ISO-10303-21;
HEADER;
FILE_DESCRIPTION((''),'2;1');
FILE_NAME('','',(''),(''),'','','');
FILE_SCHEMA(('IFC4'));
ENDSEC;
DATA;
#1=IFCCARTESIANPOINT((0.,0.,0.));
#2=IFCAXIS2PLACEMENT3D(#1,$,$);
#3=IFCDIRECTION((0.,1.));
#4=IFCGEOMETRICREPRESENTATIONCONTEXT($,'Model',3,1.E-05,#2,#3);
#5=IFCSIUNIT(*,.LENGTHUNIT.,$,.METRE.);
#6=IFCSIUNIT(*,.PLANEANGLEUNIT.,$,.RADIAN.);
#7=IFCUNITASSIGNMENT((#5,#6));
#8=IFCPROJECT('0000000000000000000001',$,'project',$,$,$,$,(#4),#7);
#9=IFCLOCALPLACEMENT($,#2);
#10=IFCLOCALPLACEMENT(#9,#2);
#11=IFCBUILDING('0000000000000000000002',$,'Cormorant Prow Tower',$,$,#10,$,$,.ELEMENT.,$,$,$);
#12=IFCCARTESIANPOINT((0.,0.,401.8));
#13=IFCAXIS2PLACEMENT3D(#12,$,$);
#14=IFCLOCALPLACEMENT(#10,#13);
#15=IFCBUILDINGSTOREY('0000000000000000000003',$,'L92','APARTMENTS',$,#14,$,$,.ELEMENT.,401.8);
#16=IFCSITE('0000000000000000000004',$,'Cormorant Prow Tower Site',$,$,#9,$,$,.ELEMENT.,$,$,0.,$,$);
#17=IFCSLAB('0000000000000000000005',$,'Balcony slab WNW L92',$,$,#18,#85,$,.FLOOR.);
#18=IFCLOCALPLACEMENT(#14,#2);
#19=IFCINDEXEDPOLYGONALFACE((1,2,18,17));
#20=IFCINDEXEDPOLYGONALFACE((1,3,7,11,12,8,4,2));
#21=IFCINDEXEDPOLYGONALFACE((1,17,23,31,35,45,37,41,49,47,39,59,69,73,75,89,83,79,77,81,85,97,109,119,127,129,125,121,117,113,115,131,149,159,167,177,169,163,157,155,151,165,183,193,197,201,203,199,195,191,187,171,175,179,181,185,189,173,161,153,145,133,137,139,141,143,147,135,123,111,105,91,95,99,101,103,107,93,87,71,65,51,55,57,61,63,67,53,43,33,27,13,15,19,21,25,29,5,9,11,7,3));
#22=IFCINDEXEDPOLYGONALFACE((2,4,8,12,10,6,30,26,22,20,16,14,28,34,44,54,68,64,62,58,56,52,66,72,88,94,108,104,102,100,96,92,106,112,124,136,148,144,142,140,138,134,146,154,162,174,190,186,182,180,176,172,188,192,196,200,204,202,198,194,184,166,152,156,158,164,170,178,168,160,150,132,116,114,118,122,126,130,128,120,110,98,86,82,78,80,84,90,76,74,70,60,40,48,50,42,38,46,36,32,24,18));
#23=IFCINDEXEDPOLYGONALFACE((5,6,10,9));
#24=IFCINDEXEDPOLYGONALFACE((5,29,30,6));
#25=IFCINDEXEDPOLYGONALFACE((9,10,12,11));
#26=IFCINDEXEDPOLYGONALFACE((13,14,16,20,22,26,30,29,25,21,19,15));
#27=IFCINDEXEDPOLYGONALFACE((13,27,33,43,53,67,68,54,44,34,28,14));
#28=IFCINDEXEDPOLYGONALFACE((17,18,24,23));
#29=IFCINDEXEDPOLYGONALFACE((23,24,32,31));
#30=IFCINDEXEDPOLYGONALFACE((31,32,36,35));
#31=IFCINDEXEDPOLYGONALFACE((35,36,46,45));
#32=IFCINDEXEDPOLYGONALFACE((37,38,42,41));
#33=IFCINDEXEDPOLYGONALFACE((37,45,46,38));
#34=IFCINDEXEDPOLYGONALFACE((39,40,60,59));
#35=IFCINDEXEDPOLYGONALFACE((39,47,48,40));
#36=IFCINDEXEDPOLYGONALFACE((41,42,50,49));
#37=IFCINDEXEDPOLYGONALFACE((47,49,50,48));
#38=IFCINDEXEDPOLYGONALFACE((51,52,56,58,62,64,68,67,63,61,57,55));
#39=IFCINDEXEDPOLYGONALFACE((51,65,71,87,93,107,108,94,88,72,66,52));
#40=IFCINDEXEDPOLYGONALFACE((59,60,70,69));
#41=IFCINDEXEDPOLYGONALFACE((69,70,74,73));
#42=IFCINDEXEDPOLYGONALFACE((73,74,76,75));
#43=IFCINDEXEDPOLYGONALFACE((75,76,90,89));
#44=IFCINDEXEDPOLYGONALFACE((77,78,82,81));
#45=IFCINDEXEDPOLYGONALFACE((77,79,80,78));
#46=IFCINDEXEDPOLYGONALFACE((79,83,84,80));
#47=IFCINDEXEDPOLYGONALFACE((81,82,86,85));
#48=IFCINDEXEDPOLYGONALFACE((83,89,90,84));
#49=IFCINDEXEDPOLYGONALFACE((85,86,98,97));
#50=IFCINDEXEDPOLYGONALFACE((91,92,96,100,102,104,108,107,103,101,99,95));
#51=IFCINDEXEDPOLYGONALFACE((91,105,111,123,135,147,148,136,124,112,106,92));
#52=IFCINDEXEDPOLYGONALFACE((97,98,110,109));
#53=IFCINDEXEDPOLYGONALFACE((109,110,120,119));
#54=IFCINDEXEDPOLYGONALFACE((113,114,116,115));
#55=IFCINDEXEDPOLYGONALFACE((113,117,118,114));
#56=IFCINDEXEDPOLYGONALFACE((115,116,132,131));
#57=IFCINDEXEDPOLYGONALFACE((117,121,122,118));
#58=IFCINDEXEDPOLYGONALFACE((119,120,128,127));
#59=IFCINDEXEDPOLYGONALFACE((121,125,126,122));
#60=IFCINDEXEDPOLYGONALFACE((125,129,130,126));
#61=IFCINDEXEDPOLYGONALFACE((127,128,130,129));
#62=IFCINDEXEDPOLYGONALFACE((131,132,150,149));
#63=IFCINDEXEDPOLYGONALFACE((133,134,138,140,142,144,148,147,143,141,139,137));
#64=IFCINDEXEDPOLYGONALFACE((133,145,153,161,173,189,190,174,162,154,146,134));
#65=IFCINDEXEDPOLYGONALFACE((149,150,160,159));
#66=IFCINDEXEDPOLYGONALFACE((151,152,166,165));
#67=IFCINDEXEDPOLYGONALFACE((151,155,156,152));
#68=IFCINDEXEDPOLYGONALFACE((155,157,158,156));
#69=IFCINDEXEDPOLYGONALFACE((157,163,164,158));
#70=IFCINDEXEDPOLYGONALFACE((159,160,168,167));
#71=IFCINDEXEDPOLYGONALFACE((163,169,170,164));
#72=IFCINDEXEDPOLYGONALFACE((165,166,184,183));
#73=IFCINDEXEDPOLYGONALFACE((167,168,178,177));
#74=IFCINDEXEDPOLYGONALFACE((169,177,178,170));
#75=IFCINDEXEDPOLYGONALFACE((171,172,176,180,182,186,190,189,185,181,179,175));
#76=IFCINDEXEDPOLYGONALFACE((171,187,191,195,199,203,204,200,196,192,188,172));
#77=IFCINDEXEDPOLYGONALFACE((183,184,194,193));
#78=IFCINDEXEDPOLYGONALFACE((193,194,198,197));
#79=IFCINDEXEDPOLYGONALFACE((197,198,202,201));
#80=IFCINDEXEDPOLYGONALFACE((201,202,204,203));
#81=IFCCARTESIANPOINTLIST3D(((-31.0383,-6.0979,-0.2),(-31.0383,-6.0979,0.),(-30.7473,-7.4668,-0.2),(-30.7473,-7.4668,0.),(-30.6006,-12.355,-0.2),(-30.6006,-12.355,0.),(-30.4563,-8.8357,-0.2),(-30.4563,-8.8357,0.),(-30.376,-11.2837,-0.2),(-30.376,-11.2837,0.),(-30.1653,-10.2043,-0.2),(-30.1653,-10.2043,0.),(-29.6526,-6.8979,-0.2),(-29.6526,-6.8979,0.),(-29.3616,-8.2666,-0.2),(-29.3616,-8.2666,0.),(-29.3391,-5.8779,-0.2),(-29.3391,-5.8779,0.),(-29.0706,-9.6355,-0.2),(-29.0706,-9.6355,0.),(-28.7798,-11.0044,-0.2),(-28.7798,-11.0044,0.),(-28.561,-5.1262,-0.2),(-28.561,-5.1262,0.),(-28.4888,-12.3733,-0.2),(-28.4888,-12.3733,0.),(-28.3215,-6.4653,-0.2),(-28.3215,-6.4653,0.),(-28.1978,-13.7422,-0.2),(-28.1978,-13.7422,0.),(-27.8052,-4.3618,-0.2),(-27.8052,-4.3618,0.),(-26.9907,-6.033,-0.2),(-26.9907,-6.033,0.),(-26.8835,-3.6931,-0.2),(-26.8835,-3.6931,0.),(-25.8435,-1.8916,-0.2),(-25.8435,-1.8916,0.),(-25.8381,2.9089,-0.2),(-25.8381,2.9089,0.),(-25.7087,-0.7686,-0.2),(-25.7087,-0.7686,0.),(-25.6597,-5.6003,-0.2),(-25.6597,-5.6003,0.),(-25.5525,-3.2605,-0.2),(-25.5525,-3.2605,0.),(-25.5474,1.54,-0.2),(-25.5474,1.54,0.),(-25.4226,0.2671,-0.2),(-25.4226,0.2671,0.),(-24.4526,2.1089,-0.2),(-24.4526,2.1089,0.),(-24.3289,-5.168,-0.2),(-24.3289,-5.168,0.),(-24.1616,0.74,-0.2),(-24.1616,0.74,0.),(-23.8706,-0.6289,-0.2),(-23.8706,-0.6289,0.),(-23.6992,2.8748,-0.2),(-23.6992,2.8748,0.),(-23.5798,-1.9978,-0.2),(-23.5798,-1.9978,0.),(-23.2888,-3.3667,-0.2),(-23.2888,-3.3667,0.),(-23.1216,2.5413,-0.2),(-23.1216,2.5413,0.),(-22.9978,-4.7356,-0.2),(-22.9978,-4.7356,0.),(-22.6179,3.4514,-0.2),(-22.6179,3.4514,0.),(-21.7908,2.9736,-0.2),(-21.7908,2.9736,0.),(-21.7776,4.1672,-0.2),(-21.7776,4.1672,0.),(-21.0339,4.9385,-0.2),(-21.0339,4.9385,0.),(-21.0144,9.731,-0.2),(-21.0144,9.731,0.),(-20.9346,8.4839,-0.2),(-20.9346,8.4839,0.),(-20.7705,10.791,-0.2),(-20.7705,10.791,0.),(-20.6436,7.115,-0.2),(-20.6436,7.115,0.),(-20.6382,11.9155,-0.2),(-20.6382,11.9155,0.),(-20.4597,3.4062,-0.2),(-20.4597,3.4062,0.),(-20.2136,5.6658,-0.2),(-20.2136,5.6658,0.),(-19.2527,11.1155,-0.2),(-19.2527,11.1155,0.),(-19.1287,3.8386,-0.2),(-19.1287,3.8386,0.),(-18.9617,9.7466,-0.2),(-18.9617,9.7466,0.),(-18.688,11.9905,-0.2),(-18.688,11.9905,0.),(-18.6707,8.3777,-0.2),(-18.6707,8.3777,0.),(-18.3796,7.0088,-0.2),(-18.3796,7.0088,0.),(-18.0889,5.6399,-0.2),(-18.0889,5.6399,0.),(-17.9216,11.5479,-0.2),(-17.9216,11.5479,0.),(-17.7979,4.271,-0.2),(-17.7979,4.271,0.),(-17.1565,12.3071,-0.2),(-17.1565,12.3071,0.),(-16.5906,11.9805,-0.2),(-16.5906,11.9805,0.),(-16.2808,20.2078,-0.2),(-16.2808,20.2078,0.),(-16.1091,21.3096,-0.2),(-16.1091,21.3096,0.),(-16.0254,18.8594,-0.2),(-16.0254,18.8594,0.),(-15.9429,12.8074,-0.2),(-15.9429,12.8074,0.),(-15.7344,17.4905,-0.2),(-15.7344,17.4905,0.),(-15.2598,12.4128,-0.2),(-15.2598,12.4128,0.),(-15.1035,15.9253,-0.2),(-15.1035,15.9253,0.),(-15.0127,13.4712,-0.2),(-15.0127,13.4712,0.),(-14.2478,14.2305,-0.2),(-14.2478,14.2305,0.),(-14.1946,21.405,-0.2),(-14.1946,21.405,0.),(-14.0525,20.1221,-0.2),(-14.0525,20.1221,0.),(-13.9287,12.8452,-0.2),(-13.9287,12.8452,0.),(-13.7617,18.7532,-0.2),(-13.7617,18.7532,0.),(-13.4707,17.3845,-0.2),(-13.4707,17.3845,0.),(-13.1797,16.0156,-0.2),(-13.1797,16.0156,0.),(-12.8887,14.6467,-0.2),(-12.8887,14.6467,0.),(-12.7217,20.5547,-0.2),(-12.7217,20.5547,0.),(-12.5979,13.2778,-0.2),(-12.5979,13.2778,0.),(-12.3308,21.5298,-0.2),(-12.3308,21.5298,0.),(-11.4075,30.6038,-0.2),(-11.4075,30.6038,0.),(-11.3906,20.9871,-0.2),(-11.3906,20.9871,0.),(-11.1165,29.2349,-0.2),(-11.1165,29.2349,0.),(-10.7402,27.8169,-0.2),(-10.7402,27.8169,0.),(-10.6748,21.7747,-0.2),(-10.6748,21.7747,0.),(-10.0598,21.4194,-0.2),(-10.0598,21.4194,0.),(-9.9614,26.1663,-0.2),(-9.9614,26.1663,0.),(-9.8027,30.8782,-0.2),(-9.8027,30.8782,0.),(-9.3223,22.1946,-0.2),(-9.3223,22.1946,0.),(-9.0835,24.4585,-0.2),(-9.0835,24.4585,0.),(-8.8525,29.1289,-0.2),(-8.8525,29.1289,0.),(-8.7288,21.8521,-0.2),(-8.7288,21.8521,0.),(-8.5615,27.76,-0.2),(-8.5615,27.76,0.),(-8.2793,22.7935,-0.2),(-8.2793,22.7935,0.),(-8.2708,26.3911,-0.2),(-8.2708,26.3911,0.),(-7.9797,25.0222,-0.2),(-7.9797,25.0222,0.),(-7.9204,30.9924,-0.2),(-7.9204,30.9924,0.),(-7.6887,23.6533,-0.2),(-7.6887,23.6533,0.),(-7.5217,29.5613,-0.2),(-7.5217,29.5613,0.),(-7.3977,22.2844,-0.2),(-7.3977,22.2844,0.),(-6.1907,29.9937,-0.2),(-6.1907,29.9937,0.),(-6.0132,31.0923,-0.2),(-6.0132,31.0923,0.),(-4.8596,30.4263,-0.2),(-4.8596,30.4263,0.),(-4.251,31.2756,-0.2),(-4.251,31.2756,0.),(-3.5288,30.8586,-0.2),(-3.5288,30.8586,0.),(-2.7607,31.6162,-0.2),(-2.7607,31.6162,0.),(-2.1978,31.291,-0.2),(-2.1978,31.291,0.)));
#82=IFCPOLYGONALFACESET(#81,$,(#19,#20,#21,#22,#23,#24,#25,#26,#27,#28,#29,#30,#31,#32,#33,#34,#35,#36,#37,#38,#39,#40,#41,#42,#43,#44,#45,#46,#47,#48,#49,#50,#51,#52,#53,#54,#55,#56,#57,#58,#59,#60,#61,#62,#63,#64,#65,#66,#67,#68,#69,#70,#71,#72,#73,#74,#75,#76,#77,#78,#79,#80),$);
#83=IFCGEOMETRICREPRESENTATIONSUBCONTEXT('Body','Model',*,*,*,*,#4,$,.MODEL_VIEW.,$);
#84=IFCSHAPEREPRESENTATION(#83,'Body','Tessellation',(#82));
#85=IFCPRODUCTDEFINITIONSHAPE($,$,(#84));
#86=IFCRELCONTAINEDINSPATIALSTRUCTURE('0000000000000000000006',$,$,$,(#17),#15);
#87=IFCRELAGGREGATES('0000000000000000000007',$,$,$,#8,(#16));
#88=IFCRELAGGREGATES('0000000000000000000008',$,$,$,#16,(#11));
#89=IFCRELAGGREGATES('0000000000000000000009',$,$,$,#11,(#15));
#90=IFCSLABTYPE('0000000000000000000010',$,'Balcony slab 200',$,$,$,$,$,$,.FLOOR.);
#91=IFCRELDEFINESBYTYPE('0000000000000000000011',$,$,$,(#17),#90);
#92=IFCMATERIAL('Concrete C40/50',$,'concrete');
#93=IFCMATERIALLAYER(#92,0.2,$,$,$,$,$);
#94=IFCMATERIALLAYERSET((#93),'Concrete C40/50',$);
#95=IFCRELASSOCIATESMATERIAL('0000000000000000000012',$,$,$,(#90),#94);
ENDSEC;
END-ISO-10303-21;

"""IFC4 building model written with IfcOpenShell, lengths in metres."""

from ifc_helpers import new_model, si_unit, direction, frame, origin, place, context, subcontext, project, spatial, polyline, outline, extrude, material, layer, layer_set, type_object, element, save


model = new_model("IFC4")

# Units and contexts
model_context = context("Model", 3, precision=1e-05, world=origin(), true_north=direction((0.0, 1.0)))
body_context = subcontext(model_context, "Body", "Model", "MODEL_VIEW")
ifc_project = project(units=[si_unit("LENGTHUNIT", "METRE"), si_unit("PLANEANGLEUNIT", "RADIAN")], contexts=[model_context])

# Site, building, storey
site_placement = place(None, origin())
site = spatial("IfcSite", under=ifc_project, at=site_placement, Name="Cormorant Prow Tower Site", CompositionType="ELEMENT", RefElevation=0.0)
building_placement = place(site_placement, origin())
building = spatial("IfcBuilding", under=site, at=building_placement, Name="Cormorant Prow Tower", CompositionType="ELEMENT")
storey_placement = place(building_placement, frame((0.0, 0.0, 401.8)))
storey = spatial("IfcBuildingStorey", under=building, at=storey_placement, Name="L92", Description="APARTMENTS", CompositionType="ELEMENT", Elevation=401.8)

# Slab
ifc_material_1 = material(Name="Concrete C40/50", Category="concrete")
ifc_layer_1 = layer(ifc_material_1, 0.2)
ifc_layer_set_1 = layer_set([ifc_layer_1], Name="Concrete C40/50")
slab_type_1 = type_object("IfcSlabType", Name="Balcony slab 200", PredefinedType="FLOOR", material=ifc_layer_set_1)
slab_1_placement = place(storey_placement, frame((0.0, 0.0, -0.2)))
element("IfcSlab", 1, at=slab_1_placement, inside=storey, type_object=slab_type_1, Name="Balcony slab WNW L92", PredefinedType="FLOOR", context=body_context, shape_type="SweptSolid", body=[
    extrude(outline(polyline([(-2.1978, 31.291), (-2.7607, 31.6162), (-4.251, 31.2756), (-6.0132, 31.0923), (-7.9204, 30.9924), (-9.8027, 30.8782), (-11.4075, 30.6038), (-11.1165, 29.2349), (-10.7402, 27.8169), (-9.9614, 26.1663), (-9.0835, 24.4585), (-8.2793, 22.7935), (-9.3223, 22.1946), (-10.6748, 21.7747), (-12.3308, 21.5298), (-14.1946, 21.405), (-16.1091, 21.3096), (-16.2808, 20.2078), (-16.0254, 18.8594), (-15.7344, 17.4905), (-15.1035, 15.9253), (-14.2478, 14.2305), (-15.0127, 13.4712), (-15.9429, 12.8074), (-17.1565, 12.3071), (-18.688, 11.9905), (-20.6382, 11.9155), (-20.7705, 10.791), (-21.0144, 9.731), (-20.9346, 8.4839), (-20.6436, 7.115), (-20.2136, 5.6658), (-21.0339, 4.9385), (-21.7776, 4.1672), (-22.6179, 3.4514), (-23.6992, 2.8748), (-25.8381, 2.9089), (-25.5474, 1.54), (-25.4226, 0.2671), (-25.7087, -0.7686), (-25.8435, -1.8916), (-25.5525, -3.2605), (-26.8835, -3.6931), (-27.8052, -4.3618), (-28.561, -5.1262), (-29.3391, -5.8779), (-31.0383, -6.0979), (-30.7473, -7.4668), (-30.4563, -8.8357), (-30.1653, -10.2043), (-30.376, -11.2837), (-30.6006, -12.355), (-28.1978, -13.7422), (-28.4888, -12.3733), (-28.7798, -11.0044), (-29.0706, -9.6355), (-29.3616, -8.2666), (-29.6526, -6.8979), (-28.3215, -6.4653), (-26.9907, -6.033), (-25.6597, -5.6003), (-24.3289, -5.168), (-22.9978, -4.7356), (-23.2888, -3.3667), (-23.5798, -1.9978), (-23.8706, -0.6289), (-24.1616, 0.74), (-24.4526, 2.1089), (-23.1216, 2.5413), (-21.7908, 2.9736), (-20.4597, 3.4062), (-19.1287, 3.8386), (-17.7979, 4.271), (-18.0889, 5.6399), (-18.3796, 7.0088), (-18.6707, 8.3777), (-18.9617, 9.7466), (-19.2527, 11.1155), (-17.9216, 11.5479), (-16.5906, 11.9805), (-15.2598, 12.4128), (-13.9287, 12.8452), (-12.5979, 13.2778), (-12.8887, 14.6467), (-13.1797, 16.0156), (-13.4707, 17.3845), (-13.7617, 18.7532), (-14.0525, 20.1221), (-12.7217, 20.5547), (-11.3906, 20.9871), (-10.0598, 21.4194), (-8.7288, 21.8521), (-7.3977, 22.2844), (-7.6887, 23.6533), (-7.9797, 25.0222), (-8.2708, 26.3911), (-8.5615, 27.76), (-8.8525, 29.1289), (-7.5217, 29.5613), (-6.1907, 29.9937), (-4.8596, 30.4263), (-3.5288, 30.8586), (-2.1978, 31.291)])), origin(), (0.0, 0.0, 1.0), 0.2),
])

save(model, "model.ifc")
